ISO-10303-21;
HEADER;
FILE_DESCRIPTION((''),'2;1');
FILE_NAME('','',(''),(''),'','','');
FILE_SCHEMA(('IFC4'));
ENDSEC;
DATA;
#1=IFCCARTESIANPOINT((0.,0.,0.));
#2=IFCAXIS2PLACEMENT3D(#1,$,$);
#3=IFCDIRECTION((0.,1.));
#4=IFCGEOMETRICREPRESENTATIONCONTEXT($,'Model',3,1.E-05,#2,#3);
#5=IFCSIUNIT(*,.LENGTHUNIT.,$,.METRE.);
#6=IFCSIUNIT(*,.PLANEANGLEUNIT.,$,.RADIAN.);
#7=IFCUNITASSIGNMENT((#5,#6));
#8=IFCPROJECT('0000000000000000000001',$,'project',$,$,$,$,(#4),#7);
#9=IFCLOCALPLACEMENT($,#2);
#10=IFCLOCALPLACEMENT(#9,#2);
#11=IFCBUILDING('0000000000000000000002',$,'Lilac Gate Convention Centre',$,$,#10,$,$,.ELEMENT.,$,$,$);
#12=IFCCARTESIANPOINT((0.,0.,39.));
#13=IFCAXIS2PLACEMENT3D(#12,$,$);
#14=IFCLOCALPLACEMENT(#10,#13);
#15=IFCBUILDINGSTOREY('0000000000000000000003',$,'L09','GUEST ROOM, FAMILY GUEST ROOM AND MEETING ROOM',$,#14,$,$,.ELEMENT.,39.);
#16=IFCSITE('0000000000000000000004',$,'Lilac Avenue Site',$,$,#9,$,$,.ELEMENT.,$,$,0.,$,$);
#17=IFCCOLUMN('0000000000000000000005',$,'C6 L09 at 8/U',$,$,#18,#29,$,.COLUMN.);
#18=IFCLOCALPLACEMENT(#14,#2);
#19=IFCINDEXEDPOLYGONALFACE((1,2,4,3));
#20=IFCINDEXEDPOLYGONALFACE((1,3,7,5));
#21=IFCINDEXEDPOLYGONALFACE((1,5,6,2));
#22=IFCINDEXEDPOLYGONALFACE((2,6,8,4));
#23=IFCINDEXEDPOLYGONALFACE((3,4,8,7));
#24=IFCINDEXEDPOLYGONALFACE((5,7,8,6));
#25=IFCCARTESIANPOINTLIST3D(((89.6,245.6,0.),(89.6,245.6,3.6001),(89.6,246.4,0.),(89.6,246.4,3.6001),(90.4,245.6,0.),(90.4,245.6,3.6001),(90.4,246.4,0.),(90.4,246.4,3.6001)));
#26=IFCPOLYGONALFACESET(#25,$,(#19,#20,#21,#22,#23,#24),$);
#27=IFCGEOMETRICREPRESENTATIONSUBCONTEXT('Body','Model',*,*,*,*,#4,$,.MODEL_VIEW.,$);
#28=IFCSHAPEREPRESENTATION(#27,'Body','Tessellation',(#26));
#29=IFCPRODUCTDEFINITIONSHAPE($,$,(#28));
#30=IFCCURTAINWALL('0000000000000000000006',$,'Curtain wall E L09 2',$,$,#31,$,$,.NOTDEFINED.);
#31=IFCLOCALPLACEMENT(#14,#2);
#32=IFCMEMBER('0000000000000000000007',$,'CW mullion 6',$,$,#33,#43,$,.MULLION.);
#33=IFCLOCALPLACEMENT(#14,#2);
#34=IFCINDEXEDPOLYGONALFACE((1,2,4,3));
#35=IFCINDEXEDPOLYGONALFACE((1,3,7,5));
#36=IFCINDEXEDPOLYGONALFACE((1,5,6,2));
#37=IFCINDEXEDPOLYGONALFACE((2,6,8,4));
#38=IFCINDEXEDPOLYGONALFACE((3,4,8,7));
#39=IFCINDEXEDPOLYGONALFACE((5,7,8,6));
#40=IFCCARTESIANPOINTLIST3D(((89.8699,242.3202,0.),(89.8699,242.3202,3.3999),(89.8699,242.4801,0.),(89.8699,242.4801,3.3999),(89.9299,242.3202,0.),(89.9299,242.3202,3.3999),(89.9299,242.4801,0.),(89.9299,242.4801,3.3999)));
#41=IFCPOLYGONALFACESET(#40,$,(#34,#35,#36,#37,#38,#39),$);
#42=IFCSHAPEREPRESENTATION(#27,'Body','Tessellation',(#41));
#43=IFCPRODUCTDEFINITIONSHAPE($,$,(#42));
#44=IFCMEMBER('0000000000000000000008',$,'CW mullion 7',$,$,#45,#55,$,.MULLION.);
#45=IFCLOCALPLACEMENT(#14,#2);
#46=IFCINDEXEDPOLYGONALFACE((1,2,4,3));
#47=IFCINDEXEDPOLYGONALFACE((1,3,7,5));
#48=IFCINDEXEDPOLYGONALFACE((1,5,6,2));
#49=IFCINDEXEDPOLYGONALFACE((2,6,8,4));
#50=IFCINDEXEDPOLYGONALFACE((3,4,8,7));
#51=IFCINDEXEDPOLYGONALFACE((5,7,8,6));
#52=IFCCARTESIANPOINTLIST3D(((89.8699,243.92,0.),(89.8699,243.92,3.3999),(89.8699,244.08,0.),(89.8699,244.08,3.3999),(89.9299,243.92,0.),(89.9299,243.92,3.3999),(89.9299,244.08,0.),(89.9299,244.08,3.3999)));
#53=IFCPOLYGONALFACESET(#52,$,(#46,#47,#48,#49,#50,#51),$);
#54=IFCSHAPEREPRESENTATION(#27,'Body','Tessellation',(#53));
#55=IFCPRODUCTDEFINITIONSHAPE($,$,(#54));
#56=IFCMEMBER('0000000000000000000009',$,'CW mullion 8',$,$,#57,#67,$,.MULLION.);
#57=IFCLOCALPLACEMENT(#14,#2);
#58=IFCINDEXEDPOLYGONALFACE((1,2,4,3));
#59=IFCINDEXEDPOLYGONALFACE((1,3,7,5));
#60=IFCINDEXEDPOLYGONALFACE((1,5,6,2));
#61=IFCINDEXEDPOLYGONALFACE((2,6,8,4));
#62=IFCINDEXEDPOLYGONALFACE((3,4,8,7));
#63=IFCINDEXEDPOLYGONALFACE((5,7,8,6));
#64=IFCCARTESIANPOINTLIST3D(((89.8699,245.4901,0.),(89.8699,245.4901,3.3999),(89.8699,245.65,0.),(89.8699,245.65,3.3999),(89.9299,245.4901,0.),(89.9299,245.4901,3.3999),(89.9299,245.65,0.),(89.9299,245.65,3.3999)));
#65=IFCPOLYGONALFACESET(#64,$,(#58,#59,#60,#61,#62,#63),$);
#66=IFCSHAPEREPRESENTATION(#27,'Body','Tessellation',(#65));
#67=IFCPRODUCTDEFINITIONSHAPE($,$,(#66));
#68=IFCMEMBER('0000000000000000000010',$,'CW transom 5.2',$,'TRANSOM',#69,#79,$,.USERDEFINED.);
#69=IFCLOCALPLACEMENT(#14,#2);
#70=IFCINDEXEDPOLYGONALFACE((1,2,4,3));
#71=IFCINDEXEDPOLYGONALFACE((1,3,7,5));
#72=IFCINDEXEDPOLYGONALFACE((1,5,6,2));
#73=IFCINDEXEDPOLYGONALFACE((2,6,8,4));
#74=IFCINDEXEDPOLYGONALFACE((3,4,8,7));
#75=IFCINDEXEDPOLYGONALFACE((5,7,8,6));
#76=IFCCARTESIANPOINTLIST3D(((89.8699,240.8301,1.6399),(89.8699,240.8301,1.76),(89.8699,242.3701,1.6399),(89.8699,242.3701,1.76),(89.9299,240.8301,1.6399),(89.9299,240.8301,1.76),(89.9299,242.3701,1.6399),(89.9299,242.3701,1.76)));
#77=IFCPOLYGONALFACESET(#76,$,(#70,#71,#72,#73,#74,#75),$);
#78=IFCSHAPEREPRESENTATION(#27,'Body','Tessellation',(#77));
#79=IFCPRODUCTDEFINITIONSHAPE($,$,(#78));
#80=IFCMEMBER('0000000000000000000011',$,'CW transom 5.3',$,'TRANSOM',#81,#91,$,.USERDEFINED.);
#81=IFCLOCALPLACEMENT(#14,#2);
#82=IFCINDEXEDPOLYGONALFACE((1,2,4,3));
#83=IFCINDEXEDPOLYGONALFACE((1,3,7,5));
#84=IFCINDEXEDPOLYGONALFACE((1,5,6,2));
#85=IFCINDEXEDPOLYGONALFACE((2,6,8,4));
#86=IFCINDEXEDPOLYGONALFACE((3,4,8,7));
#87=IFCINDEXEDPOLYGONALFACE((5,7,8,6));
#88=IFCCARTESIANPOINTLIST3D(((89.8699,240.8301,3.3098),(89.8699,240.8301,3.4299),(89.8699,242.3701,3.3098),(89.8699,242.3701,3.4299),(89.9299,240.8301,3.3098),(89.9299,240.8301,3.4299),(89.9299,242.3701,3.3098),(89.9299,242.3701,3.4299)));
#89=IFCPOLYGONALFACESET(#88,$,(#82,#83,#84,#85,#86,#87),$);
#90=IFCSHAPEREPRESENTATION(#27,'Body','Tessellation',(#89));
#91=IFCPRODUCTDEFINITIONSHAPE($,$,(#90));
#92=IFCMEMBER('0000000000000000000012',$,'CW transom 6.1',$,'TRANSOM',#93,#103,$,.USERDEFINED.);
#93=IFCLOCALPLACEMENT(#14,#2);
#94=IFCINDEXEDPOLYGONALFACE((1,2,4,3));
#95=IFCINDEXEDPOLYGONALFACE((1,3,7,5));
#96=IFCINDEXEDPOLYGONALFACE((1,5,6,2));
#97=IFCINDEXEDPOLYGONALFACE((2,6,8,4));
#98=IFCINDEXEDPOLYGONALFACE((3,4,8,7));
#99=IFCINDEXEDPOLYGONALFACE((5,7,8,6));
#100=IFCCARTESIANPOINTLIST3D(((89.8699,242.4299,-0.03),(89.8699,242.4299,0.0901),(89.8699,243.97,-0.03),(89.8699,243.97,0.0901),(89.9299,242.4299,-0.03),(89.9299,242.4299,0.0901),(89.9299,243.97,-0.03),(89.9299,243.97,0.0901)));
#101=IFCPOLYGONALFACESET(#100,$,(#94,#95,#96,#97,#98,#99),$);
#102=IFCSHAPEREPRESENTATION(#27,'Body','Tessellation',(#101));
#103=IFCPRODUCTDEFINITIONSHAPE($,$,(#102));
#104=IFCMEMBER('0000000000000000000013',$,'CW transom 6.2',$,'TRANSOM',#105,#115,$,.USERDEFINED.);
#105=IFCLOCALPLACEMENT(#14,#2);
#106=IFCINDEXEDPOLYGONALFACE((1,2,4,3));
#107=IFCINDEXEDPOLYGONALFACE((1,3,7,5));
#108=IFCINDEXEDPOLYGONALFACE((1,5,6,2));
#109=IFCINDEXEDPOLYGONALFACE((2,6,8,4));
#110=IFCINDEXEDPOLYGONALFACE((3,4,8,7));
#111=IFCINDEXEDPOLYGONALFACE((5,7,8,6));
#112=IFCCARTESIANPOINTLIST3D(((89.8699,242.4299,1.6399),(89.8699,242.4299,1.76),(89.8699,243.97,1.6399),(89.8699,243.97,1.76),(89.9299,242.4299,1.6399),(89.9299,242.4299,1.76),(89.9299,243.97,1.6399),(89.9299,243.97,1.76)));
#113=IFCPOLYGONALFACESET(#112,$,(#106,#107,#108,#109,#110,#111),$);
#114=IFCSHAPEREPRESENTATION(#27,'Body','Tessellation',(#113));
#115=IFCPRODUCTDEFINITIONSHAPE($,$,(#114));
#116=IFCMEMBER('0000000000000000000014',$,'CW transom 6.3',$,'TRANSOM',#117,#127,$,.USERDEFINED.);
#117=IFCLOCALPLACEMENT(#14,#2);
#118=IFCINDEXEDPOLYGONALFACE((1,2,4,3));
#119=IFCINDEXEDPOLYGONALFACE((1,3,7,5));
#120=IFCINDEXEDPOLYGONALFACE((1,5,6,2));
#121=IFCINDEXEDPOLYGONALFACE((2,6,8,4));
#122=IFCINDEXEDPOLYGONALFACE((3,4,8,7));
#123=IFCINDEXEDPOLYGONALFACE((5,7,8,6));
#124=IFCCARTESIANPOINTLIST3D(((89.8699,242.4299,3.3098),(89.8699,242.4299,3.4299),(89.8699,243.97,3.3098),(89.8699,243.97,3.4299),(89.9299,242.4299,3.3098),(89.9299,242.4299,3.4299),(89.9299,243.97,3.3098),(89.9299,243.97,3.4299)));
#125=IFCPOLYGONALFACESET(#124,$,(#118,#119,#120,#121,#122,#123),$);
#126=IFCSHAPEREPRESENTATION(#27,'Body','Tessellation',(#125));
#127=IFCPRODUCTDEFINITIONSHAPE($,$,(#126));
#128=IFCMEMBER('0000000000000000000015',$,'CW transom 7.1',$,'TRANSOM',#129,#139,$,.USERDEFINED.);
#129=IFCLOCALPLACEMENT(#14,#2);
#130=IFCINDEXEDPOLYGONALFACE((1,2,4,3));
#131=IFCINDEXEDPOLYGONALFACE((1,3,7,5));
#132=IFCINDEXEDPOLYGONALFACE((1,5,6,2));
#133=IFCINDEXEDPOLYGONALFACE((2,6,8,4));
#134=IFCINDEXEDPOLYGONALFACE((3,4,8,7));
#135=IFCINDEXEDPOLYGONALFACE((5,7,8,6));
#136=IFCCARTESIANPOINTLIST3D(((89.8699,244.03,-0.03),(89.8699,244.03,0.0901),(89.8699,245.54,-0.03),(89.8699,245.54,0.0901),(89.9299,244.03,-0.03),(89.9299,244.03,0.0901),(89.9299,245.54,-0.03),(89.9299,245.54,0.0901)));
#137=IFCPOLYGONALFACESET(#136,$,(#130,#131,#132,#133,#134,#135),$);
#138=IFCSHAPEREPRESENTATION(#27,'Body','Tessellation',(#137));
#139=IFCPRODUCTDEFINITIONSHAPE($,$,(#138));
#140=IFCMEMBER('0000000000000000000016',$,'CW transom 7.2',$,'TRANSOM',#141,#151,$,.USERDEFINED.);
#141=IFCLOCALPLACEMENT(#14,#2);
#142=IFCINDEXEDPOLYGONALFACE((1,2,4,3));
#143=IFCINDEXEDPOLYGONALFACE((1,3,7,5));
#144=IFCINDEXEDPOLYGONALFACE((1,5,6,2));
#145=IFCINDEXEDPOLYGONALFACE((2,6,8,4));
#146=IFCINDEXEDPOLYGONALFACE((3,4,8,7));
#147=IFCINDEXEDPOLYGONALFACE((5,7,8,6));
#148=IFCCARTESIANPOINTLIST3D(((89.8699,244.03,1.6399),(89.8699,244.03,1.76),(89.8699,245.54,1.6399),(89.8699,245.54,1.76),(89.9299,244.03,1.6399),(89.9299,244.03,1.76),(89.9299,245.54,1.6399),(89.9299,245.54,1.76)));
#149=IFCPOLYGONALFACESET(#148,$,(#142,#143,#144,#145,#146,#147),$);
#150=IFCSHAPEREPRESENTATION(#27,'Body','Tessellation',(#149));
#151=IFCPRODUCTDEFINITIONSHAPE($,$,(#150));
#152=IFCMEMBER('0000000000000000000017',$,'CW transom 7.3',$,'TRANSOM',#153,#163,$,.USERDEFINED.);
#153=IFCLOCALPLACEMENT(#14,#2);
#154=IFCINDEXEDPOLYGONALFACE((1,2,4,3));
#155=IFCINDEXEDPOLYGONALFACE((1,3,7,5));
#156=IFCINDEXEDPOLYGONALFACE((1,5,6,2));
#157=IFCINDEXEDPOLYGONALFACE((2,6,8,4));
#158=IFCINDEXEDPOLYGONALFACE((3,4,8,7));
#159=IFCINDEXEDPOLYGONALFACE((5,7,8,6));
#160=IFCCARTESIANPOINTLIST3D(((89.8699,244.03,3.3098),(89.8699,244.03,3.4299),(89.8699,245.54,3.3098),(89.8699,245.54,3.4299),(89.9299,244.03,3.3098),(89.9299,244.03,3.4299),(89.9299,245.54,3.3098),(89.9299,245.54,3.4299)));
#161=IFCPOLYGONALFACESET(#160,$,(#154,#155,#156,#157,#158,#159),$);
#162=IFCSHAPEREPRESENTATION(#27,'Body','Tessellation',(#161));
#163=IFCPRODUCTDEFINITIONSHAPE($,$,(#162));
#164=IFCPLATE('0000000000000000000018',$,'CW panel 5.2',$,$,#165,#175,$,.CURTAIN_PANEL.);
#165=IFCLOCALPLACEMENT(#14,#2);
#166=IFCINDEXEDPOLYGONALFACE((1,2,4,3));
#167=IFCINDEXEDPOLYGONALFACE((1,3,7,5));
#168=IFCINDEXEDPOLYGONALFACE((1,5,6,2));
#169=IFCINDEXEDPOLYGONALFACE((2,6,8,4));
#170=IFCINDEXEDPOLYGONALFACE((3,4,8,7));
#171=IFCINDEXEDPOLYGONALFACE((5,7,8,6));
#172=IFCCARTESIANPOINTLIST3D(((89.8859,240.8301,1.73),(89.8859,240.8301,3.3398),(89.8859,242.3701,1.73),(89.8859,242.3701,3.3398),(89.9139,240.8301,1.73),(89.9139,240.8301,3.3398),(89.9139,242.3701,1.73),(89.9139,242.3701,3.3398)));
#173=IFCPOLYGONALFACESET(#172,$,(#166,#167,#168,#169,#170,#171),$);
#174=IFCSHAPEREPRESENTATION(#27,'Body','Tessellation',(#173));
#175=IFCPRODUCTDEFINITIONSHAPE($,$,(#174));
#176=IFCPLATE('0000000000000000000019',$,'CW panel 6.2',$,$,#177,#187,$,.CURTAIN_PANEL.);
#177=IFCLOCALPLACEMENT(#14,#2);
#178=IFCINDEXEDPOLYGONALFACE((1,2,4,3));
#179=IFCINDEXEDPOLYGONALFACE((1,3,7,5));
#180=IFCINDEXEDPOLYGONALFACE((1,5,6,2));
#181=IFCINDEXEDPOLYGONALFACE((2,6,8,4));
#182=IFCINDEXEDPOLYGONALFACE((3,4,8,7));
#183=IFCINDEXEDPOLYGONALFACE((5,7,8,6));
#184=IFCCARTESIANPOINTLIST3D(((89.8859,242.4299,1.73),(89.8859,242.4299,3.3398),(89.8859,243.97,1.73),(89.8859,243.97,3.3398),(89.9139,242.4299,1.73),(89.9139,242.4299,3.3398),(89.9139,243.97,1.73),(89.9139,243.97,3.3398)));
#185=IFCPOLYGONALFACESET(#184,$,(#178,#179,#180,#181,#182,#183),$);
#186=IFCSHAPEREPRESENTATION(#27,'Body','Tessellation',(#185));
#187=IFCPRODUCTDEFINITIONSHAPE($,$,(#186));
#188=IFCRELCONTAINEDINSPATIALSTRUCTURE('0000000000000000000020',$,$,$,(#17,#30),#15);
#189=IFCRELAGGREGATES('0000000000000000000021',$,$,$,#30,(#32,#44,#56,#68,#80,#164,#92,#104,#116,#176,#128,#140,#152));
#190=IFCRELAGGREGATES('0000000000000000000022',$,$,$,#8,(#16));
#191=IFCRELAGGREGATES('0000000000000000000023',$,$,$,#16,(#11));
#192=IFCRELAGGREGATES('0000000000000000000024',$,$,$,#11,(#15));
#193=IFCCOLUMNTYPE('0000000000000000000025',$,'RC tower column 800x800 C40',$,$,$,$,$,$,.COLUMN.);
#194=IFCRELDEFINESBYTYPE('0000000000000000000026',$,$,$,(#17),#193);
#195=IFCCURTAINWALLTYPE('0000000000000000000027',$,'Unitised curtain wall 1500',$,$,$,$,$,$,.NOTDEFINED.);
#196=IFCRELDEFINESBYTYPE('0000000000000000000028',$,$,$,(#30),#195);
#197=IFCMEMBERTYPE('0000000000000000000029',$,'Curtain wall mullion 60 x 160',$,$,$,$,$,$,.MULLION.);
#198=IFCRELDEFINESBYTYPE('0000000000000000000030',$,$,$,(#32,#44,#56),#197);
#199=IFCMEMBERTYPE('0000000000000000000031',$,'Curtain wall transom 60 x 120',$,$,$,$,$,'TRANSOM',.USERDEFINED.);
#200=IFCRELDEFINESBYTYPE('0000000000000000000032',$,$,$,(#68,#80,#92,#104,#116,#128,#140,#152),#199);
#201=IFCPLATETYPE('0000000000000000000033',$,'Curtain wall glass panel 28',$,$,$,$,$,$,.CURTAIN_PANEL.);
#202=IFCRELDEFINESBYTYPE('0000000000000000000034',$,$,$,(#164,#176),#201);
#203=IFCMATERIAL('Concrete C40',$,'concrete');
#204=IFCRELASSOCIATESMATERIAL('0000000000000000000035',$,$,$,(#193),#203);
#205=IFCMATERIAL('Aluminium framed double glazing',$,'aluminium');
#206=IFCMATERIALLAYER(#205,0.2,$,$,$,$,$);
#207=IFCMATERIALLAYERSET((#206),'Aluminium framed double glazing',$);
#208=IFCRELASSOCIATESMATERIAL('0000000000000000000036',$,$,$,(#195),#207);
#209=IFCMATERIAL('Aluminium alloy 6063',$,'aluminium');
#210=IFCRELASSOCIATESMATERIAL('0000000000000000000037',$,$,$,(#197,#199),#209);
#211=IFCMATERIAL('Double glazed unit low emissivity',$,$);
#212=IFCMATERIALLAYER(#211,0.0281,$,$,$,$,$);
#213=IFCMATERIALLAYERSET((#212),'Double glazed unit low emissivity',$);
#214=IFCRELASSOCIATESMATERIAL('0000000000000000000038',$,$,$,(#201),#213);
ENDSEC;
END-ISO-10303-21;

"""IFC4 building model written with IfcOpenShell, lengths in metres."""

from ifc_helpers import new_model, si_unit, direction, frame, origin, origin_2d, place, context, subcontext, project, spatial, rectangle, extrude, material, layer, layer_set, material_profile, profile_set, type_object, element, aggregate, save


model = new_model("IFC4")

# Units and contexts
model_context = context("Model", 3, precision=1e-05, world=origin(), true_north=direction((0.0, 1.0)))
body_context = subcontext(model_context, "Body", "Model", "MODEL_VIEW")
ifc_project = project(units=[si_unit("LENGTHUNIT", "METRE"), si_unit("PLANEANGLEUNIT", "RADIAN")], contexts=[model_context])

# Site, building, storey
site_placement = place(None, origin())
site = spatial("IfcSite", under=ifc_project, at=site_placement, Name="Lilac Avenue Site", CompositionType="ELEMENT", RefElevation=0.0)
building_placement = place(site_placement, origin())
building = spatial("IfcBuilding", under=site, at=building_placement, Name="Lilac Gate Convention Centre", CompositionType="ELEMENT")
storey_placement = place(building_placement, frame((0.0, 0.0, 39.0)))
storey = spatial("IfcBuildingStorey", under=building, at=storey_placement, Name="L09", Description="GUEST ROOM, FAMILY GUEST ROOM AND MEETING ROOM", CompositionType="ELEMENT", Elevation=39.0)

# Column
ifc_material_1 = material(Name="Concrete C40", Category="concrete")
ifc_material_profile_1 = material_profile(ifc_material_1, rectangle(XDim=0.8, YDim=0.8, at=origin_2d()), Name="RC 800x800")
ifc_profile_set_1 = profile_set([ifc_material_profile_1], Name="Concrete C40")
column_type = type_object("IfcColumnType", Name="RC tower column 800x800 C40", PredefinedType="COLUMN", material=ifc_profile_set_1)
column_placement = place(storey_placement, frame((90.0, 246.0, 0.0), z_axis=(0.0, 0.0, 1.0), x_axis=(1.0, 0.0, 0.0)))
element("IfcColumn", 1, at=column_placement, inside=storey, type_object=column_type, Name="C6 L09 at 8/U", PredefinedType="COLUMN", context=body_context, shape_type="SweptSolid", body=[
    extrude(rectangle(XDim=0.8, YDim=0.8, at=origin_2d()), origin(), (0.0, 0.0, 1.0), 3.6001),
])

# Curtain wall, members, plates
ifc_material_2 = material(Name="Aluminium framed double glazing", Category="aluminium")
ifc_layer_1 = layer(ifc_material_2, 0.2)
ifc_layer_set_1 = layer_set([ifc_layer_1], Name="Aluminium framed double glazing")
curtain_wall_type = type_object("IfcCurtainWallType", Name="Unitised curtain wall 1500", PredefinedType="NOTDEFINED", material=ifc_layer_set_1)
curtain_wall_placement = place(storey_placement, origin())
curtain_wall = element("IfcCurtainWall", 2, at=curtain_wall_placement, inside=storey, type_object=curtain_wall_type, Name="Curtain wall E L09 2", PredefinedType="NOTDEFINED")
ifc_material_3 = material(Name="Aluminium alloy 6063", Category="aluminium")
ifc_material_profile_2 = material_profile(ifc_material_3, rectangle(XDim=0.0601, YDim=0.1599, at=origin_2d()), Name="Curtain wall mullion 60 x 160")
ifc_profile_set_2 = profile_set([ifc_material_profile_2], Name="Aluminium alloy 6063")
member_type_1 = type_object("IfcMemberType", Name="Curtain wall mullion 60 x 160", PredefinedType="MULLION", material=ifc_profile_set_2)
member_1_placement = place(storey_placement, frame((89.8999, 242.4001, 0.0), z_axis=(0.0, 0.0, 1.0), x_axis=(-1.0, 0.0, 0.0)))
member_1 = element("IfcMember", 3, at=member_1_placement, type_object=member_type_1, Name="CW mullion 6", PredefinedType="MULLION", context=body_context, shape_type="SweptSolid", body=[
    extrude(rectangle(XDim=0.0601, YDim=0.1599, at=origin_2d()), origin(), (0.0, 0.0, 1.0), 3.3999),
])
member_2_placement = place(storey_placement, frame((89.8999, 244.0, 0.0), z_axis=(0.0, 0.0, 1.0), x_axis=(-1.0, 0.0, 0.0)))
member_2 = element("IfcMember", 4, at=member_2_placement, type_object=member_type_1, Name="CW mullion 7", PredefinedType="MULLION", context=body_context, shape_type="SweptSolid", body=[
    extrude(rectangle(XDim=0.0601, YDim=0.1599, at=origin_2d()), origin(), (0.0, 0.0, 1.0), 3.3999),
])
member_3_placement = place(storey_placement, frame((89.8999, 245.5701, 0.0), z_axis=(0.0, 0.0, 1.0), x_axis=(-1.0, 0.0, 0.0)))
member_3 = element("IfcMember", 5, at=member_3_placement, type_object=member_type_1, Name="CW mullion 8", PredefinedType="MULLION", context=body_context, shape_type="SweptSolid", body=[
    extrude(rectangle(XDim=0.0601, YDim=0.1599, at=origin_2d()), origin(), (0.0, 0.0, 1.0), 3.3999),
])
ifc_material_profile_3 = material_profile(ifc_material_3, rectangle(XDim=0.0601, YDim=0.1201, at=origin_2d()), Name="Curtain wall transom 60 x 120")
ifc_profile_set_3 = profile_set([ifc_material_profile_3], Name="Aluminium alloy 6063")
member_type_2 = type_object("IfcMemberType", Name="Curtain wall transom 60 x 120", ElementType="TRANSOM", PredefinedType="USERDEFINED", material=ifc_profile_set_3)
member_4_placement = place(storey_placement, frame((89.8999, 240.8301, 1.7), z_axis=(0.0, 1.0, 0.0), x_axis=(-1.0, 0.0, 0.0)))
member_4 = element("IfcMember", 6, at=member_4_placement, type_object=member_type_2, Name="CW transom 5.2", ObjectType="TRANSOM", PredefinedType="USERDEFINED", context=body_context, shape_type="SweptSolid", body=[
    extrude(rectangle(XDim=0.0601, YDim=0.1201, at=origin_2d()), origin(), (0.0, 0.0, 1.0), 1.54),
])
member_5_placement = place(storey_placement, frame((89.8999, 240.8301, 3.3699), z_axis=(0.0, 1.0, 0.0), x_axis=(-1.0, 0.0, 0.0)))
member_5 = element("IfcMember", 7, at=member_5_placement, type_object=member_type_2, Name="CW transom 5.3", ObjectType="TRANSOM", PredefinedType="USERDEFINED", context=body_context, shape_type="SweptSolid", body=[
    extrude(rectangle(XDim=0.0601, YDim=0.1201, at=origin_2d()), origin(), (0.0, 0.0, 1.0), 1.54),
])
member_6_placement = place(storey_placement, frame((89.8999, 242.4299, 0.03), z_axis=(0.0, 1.0, 0.0), x_axis=(-1.0, 0.0, 0.0)))
member_6 = element("IfcMember", 8, at=member_6_placement, type_object=member_type_2, Name="CW transom 6.1", ObjectType="TRANSOM", PredefinedType="USERDEFINED", context=body_context, shape_type="SweptSolid", body=[
    extrude(rectangle(XDim=0.0601, YDim=0.1201, at=origin_2d()), origin(), (0.0, 0.0, 1.0), 1.54),
])
member_7_placement = place(storey_placement, frame((89.8999, 242.4299, 1.7), z_axis=(0.0, 1.0, 0.0), x_axis=(-1.0, 0.0, 0.0)))
member_7 = element("IfcMember", 9, at=member_7_placement, type_object=member_type_2, Name="CW transom 6.2", ObjectType="TRANSOM", PredefinedType="USERDEFINED", context=body_context, shape_type="SweptSolid", body=[
    extrude(rectangle(XDim=0.0601, YDim=0.1201, at=origin_2d()), origin(), (0.0, 0.0, 1.0), 1.54),
])
member_8_placement = place(storey_placement, frame((89.8999, 242.4299, 3.3699), z_axis=(0.0, 1.0, 0.0), x_axis=(-1.0, 0.0, 0.0)))
member_8 = element("IfcMember", 10, at=member_8_placement, type_object=member_type_2, Name="CW transom 6.3", ObjectType="TRANSOM", PredefinedType="USERDEFINED", context=body_context, shape_type="SweptSolid", body=[
    extrude(rectangle(XDim=0.0601, YDim=0.1201, at=origin_2d()), origin(), (0.0, 0.0, 1.0), 1.54),
])
member_9_placement = place(storey_placement, frame((89.8999, 244.03, 0.03), z_axis=(0.0, 1.0, 0.0), x_axis=(-1.0, 0.0, 0.0)))
member_9 = element("IfcMember", 11, at=member_9_placement, type_object=member_type_2, Name="CW transom 7.1", ObjectType="TRANSOM", PredefinedType="USERDEFINED", context=body_context, shape_type="SweptSolid", body=[
    extrude(rectangle(XDim=0.0601, YDim=0.1201, at=origin_2d()), origin(), (0.0, 0.0, 1.0), 1.51),
])
member_10_placement = place(storey_placement, frame((89.8999, 244.03, 1.7), z_axis=(0.0, 1.0, 0.0), x_axis=(-1.0, 0.0, 0.0)))
member_10 = element("IfcMember", 12, at=member_10_placement, type_object=member_type_2, Name="CW transom 7.2", ObjectType="TRANSOM", PredefinedType="USERDEFINED", context=body_context, shape_type="SweptSolid", body=[
    extrude(rectangle(XDim=0.0601, YDim=0.1201, at=origin_2d()), origin(), (0.0, 0.0, 1.0), 1.51),
])
member_11_placement = place(storey_placement, frame((89.8999, 244.03, 3.3699), z_axis=(0.0, 1.0, 0.0), x_axis=(-1.0, 0.0, 0.0)))
member_11 = element("IfcMember", 13, at=member_11_placement, type_object=member_type_2, Name="CW transom 7.3", ObjectType="TRANSOM", PredefinedType="USERDEFINED", context=body_context, shape_type="SweptSolid", body=[
    extrude(rectangle(XDim=0.0601, YDim=0.1201, at=origin_2d()), origin(), (0.0, 0.0, 1.0), 1.51),
])
ifc_material_4 = material(Name="Double glazed unit low emissivity")
ifc_layer_2 = layer(ifc_material_4, 0.0281)
ifc_layer_set_2 = layer_set([ifc_layer_2], Name="Double glazed unit low emissivity")
plate_type_1 = type_object("IfcPlateType", Name="Curtain wall glass panel 28", PredefinedType="CURTAIN_PANEL", material=ifc_layer_set_2)
plate_1_placement = place(storey_placement, frame((89.8999, 241.6001, 1.73), z_axis=(0.0, 0.0, 1.0), x_axis=(0.0, 1.0, 0.0)))
plate_1 = element("IfcPlate", 14, at=plate_1_placement, type_object=plate_type_1, Name="CW panel 5.2", PredefinedType="CURTAIN_PANEL", context=body_context, shape_type="SweptSolid", body=[
    extrude(rectangle(XDim=1.54, YDim=0.0281, at=origin_2d()), origin(), (0.0, 0.0, 1.0), 1.6099),
])
plate_2_placement = place(storey_placement, frame((89.8999, 243.2, 1.73), z_axis=(0.0, 0.0, 1.0), x_axis=(0.0, 1.0, 0.0)))
plate_2 = element("IfcPlate", 15, at=plate_2_placement, type_object=plate_type_1, Name="CW panel 6.2", PredefinedType="CURTAIN_PANEL", context=body_context, shape_type="SweptSolid", body=[
    extrude(rectangle(XDim=1.54, YDim=0.0281, at=origin_2d()), origin(), (0.0, 0.0, 1.0), 1.6099),
])
aggregate(curtain_wall, [member_1, member_2, member_3, member_4, member_5, plate_1, member_6, member_7, member_8, plate_2, member_9, member_10, member_11])

save(model, "model.ifc")
